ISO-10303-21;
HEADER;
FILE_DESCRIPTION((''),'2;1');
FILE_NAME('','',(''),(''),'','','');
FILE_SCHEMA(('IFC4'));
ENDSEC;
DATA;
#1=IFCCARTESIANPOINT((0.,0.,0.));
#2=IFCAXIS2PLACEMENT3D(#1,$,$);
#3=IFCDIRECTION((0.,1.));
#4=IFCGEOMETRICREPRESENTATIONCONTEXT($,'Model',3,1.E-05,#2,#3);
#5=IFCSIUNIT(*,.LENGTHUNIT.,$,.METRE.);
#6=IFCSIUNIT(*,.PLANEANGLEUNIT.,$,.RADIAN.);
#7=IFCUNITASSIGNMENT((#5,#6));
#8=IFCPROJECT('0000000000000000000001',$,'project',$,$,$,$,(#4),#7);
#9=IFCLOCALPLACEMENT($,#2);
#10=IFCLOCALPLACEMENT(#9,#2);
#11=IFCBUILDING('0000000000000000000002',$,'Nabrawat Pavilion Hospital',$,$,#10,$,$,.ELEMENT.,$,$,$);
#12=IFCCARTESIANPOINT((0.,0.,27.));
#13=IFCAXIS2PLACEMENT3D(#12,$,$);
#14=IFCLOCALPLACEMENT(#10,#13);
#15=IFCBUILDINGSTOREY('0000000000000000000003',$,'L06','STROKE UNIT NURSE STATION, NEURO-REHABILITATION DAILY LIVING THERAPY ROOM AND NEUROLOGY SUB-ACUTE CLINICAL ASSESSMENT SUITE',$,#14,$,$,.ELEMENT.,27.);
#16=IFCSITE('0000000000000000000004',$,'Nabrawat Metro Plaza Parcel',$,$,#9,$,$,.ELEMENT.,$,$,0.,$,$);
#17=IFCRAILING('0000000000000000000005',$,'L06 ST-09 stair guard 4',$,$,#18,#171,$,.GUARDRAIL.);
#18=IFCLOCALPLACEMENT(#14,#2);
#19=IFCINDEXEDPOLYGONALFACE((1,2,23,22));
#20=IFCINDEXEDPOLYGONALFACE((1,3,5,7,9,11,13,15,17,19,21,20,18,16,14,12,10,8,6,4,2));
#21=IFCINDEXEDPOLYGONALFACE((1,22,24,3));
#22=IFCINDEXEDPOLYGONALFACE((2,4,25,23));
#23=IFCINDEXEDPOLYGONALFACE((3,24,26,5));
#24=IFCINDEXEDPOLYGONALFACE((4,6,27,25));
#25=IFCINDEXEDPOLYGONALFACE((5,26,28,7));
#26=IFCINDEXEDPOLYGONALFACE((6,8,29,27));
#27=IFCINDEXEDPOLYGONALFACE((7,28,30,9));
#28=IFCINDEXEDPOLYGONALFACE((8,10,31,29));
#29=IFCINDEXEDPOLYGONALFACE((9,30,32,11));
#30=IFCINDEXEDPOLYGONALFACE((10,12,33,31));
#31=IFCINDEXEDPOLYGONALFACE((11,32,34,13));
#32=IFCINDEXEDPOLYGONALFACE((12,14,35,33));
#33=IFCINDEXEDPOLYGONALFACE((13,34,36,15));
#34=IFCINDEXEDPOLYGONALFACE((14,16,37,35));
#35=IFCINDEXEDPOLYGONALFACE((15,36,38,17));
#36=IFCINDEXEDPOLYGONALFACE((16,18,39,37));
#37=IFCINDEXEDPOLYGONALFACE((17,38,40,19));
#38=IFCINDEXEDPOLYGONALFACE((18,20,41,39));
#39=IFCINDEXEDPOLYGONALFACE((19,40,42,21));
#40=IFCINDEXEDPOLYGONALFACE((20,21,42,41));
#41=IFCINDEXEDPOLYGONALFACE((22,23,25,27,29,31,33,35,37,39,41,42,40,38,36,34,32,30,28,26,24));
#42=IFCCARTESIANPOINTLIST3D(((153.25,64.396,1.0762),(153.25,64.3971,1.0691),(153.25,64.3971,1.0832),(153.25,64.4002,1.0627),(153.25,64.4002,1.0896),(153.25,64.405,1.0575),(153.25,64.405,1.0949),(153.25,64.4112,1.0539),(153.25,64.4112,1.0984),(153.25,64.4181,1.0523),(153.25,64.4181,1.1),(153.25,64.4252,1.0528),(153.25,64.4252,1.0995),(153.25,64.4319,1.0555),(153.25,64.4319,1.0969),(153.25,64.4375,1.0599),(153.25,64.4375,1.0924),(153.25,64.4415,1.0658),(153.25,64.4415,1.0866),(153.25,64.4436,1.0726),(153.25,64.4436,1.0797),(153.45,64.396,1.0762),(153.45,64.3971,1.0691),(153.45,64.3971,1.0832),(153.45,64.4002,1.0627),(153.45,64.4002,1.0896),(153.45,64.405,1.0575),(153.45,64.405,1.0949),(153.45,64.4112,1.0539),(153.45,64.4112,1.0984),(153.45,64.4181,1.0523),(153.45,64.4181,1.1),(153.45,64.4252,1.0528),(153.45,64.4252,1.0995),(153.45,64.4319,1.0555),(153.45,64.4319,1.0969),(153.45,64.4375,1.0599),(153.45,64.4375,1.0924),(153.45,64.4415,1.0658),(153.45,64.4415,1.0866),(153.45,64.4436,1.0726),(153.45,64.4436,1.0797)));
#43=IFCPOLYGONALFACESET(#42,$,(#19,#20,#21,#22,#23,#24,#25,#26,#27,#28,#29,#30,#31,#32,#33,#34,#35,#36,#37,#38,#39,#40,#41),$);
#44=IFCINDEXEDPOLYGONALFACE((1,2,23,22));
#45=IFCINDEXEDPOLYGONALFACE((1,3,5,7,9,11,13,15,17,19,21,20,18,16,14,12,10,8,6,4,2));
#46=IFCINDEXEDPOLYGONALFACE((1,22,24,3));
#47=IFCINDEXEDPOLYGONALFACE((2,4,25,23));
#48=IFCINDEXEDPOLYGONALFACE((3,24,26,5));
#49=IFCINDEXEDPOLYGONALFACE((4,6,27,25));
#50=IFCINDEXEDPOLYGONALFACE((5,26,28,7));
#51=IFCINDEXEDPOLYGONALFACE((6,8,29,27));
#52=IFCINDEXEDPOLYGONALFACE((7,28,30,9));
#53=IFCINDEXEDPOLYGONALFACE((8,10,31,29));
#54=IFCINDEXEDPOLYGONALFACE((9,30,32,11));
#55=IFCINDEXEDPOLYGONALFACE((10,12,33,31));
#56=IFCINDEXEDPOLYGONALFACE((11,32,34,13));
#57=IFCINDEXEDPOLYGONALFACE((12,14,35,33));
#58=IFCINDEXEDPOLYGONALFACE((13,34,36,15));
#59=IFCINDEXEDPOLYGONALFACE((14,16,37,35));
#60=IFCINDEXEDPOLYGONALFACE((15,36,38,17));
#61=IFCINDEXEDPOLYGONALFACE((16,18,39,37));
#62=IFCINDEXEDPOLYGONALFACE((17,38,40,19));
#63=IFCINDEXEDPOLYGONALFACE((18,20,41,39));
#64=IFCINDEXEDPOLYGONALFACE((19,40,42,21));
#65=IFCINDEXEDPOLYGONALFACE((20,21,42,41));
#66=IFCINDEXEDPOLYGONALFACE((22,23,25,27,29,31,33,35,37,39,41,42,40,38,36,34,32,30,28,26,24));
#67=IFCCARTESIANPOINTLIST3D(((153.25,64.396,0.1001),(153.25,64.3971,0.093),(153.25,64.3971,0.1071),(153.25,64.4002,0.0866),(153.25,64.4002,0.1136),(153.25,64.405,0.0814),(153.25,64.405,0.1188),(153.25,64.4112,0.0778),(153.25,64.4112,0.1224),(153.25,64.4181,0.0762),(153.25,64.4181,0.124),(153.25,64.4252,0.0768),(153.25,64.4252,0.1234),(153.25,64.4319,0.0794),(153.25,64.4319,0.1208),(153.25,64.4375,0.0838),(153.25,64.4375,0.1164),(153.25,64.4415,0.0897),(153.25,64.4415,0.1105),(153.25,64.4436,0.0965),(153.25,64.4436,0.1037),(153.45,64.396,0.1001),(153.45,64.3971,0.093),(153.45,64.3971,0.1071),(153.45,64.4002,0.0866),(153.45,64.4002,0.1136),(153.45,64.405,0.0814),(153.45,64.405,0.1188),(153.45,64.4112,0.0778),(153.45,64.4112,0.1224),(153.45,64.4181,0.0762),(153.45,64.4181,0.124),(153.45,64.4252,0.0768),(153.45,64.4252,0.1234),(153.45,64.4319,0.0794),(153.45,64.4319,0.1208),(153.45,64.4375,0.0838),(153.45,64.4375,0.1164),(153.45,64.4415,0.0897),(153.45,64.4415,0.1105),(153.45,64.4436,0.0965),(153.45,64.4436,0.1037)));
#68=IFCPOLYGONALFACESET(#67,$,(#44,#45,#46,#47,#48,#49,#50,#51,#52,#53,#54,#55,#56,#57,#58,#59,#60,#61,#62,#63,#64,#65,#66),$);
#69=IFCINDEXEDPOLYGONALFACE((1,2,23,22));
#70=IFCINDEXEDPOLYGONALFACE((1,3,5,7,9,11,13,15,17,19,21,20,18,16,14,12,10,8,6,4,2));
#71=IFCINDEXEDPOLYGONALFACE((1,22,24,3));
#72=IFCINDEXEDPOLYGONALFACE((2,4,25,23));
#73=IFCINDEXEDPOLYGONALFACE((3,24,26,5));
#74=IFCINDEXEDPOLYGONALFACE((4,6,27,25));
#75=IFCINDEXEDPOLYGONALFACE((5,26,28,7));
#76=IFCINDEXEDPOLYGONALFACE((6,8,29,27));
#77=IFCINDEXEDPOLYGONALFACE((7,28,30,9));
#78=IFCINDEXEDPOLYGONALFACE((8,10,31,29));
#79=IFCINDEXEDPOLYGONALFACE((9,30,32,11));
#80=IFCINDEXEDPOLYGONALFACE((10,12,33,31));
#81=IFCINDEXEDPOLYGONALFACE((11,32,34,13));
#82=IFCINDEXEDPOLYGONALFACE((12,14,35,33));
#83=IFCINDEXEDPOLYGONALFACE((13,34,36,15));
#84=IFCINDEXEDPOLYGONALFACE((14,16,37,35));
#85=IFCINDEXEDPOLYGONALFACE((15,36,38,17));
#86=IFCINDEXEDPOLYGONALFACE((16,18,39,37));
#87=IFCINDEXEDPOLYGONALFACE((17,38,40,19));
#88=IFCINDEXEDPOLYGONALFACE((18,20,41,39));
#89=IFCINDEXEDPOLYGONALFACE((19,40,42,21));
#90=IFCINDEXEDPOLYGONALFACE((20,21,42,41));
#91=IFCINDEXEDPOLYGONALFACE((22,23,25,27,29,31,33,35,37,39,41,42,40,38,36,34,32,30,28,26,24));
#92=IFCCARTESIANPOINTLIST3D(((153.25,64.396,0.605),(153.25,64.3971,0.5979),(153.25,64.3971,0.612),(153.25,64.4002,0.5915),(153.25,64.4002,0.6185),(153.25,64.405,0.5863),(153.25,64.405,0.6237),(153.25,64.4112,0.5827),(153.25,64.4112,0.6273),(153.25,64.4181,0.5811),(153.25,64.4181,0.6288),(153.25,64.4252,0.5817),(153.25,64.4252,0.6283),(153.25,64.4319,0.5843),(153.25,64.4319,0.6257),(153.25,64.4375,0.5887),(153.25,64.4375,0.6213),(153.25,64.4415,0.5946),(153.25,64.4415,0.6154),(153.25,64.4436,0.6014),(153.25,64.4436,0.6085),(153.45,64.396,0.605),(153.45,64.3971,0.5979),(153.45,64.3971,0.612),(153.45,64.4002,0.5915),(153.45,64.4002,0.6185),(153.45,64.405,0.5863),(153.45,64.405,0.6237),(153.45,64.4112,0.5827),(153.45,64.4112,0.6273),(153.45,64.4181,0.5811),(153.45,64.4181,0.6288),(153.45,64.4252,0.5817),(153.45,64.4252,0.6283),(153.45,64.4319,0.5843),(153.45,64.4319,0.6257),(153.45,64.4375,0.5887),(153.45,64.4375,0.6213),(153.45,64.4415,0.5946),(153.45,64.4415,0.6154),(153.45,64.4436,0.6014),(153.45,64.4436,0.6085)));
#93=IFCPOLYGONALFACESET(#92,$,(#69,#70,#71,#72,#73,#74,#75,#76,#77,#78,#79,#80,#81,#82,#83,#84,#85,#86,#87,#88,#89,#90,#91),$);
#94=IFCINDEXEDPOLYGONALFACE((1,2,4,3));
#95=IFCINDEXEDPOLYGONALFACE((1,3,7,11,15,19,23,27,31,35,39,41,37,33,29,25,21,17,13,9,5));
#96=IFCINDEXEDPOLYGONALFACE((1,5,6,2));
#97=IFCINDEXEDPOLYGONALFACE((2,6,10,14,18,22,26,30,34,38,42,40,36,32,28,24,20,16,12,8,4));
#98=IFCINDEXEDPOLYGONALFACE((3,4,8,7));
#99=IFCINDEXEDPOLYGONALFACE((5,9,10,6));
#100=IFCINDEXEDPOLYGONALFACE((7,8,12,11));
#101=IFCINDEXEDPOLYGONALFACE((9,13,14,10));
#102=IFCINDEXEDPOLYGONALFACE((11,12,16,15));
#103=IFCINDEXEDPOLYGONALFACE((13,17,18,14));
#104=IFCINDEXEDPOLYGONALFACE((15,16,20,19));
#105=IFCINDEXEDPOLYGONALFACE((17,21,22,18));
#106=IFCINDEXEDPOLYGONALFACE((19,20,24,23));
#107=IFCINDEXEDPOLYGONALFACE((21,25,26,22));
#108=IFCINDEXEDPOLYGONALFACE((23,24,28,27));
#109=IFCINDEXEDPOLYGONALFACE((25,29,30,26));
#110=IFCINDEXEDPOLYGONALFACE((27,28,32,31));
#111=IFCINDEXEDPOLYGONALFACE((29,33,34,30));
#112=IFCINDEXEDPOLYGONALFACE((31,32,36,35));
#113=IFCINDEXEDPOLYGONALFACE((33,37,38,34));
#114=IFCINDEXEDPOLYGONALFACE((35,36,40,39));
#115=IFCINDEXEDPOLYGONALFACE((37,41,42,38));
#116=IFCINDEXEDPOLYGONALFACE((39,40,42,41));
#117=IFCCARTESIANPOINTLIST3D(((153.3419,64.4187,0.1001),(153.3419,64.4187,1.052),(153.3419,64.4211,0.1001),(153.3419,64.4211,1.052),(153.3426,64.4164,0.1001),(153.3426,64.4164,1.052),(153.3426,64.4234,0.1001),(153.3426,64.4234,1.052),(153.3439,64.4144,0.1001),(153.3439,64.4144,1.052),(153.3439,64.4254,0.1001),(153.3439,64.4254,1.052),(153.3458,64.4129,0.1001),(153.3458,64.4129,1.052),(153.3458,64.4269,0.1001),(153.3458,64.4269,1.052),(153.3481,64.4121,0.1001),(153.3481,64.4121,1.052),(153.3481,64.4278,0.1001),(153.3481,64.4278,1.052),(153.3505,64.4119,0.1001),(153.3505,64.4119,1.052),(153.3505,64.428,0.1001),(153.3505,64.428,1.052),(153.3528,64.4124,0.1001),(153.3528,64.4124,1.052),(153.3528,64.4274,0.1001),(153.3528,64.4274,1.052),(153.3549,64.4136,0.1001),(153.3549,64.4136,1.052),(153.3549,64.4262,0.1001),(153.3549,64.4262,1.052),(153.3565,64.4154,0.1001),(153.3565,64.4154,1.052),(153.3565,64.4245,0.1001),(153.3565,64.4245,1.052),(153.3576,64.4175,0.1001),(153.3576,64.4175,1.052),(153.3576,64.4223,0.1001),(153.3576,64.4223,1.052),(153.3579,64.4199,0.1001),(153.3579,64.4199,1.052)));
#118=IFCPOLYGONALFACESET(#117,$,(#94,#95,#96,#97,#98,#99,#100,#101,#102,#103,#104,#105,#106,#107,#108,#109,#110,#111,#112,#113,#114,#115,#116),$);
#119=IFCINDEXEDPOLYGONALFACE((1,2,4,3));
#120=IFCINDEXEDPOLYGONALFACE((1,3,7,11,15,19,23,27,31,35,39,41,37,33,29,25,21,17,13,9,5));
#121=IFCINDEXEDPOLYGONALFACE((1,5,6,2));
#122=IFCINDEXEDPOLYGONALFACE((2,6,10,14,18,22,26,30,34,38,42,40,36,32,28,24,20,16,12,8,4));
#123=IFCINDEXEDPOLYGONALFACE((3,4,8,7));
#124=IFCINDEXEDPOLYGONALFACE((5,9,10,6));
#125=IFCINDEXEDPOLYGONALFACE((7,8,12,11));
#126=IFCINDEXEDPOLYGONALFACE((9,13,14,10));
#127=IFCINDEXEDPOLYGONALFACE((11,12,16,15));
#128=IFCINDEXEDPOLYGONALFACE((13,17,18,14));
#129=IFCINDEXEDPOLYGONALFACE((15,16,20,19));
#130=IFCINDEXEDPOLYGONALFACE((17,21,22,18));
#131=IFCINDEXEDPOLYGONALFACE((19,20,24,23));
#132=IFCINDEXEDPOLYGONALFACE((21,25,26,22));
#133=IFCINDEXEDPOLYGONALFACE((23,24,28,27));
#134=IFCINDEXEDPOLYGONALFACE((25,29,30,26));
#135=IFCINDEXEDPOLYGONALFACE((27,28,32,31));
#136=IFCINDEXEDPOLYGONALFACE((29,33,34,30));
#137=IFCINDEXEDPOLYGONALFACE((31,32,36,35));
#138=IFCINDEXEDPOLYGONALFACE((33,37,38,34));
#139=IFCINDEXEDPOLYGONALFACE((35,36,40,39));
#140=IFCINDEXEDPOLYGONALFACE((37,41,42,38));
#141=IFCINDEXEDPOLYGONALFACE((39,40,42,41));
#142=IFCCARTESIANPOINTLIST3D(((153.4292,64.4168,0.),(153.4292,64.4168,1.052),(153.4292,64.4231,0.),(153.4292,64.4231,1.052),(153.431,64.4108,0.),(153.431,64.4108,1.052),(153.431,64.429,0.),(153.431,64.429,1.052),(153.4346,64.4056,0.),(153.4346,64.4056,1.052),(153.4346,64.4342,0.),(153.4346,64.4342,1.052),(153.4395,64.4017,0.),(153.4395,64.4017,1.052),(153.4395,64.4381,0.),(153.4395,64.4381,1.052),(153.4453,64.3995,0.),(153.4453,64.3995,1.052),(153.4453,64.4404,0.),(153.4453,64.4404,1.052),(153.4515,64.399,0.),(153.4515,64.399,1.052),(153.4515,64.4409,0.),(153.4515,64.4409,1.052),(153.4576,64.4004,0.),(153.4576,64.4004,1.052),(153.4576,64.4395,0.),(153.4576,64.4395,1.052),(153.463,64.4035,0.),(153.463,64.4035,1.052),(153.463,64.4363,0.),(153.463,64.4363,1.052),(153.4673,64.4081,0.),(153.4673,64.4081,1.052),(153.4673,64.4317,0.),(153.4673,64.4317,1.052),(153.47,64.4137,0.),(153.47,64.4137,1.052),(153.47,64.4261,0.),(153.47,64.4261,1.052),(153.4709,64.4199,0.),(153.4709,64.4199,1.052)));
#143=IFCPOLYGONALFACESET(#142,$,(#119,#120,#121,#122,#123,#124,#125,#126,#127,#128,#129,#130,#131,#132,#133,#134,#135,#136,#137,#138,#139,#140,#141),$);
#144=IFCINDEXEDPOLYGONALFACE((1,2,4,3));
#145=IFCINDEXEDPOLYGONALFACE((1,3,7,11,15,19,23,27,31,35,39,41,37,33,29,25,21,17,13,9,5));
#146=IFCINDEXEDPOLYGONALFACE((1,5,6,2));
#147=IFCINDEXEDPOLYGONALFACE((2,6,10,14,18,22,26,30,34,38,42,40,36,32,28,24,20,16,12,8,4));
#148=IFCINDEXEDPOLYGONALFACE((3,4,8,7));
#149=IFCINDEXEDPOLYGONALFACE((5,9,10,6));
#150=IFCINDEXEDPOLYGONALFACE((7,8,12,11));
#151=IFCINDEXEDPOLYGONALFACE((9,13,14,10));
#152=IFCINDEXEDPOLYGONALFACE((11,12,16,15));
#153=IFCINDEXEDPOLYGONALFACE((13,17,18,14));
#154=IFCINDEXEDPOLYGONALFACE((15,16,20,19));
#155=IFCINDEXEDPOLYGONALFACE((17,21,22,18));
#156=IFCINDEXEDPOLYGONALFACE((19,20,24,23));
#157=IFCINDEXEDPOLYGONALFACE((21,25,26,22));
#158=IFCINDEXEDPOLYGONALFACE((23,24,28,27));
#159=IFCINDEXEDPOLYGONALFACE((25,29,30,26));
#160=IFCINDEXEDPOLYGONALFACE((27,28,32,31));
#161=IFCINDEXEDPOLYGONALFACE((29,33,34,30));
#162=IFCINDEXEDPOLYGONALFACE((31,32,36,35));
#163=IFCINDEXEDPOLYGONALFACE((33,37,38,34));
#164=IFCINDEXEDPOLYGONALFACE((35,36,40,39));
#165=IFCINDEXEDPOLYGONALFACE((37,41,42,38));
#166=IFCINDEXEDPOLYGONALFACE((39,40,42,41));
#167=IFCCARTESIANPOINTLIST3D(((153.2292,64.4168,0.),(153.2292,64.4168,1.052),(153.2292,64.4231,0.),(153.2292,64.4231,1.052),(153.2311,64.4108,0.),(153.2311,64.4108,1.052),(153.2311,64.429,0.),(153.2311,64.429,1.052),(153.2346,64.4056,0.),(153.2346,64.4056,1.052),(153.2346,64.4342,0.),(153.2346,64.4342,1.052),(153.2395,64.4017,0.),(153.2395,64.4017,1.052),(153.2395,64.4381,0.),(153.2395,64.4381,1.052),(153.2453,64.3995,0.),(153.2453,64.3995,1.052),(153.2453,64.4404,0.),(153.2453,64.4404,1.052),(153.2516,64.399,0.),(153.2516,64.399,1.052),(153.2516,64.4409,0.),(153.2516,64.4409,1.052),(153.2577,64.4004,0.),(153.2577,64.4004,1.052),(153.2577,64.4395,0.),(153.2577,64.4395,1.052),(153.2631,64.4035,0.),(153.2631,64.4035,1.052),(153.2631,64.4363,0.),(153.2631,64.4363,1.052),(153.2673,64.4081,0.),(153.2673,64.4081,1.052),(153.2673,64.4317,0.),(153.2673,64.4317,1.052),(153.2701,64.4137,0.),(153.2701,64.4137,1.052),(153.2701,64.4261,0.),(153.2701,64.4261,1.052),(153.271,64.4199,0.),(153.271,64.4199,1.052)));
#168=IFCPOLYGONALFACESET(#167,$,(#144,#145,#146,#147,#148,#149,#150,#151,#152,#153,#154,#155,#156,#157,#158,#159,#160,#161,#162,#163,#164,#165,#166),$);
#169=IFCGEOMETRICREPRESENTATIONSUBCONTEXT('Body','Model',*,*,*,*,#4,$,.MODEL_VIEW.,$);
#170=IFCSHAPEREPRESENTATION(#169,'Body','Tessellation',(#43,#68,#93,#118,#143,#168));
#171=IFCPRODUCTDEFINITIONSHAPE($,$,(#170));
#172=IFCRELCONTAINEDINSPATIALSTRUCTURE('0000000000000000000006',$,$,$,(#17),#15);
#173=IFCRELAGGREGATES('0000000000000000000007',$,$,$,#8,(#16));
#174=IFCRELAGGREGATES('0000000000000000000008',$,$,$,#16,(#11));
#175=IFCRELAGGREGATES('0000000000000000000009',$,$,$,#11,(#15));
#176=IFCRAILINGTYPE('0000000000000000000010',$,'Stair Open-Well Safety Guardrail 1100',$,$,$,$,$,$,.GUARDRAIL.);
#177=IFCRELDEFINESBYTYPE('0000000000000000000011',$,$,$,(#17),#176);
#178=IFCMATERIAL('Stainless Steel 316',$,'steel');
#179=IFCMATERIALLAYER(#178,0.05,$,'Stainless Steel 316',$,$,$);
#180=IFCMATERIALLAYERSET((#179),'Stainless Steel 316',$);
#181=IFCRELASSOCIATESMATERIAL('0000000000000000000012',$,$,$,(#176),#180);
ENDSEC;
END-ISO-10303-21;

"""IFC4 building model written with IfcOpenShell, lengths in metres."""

from ifc_helpers import new_model, si_unit, direction, frame, origin, origin_2d, place, context, subcontext, project, spatial, circle, extrude, material, layer, layer_set, type_object, element, save


model = new_model("IFC4")

# Units and contexts
model_context = context("Model", 3, precision=1e-05, world=origin(), true_north=direction((0.0, 1.0)))
body_context = subcontext(model_context, "Body", "Model", "MODEL_VIEW")
ifc_project = project(units=[si_unit("LENGTHUNIT", "METRE"), si_unit("PLANEANGLEUNIT", "RADIAN")], contexts=[model_context])

# Site, building, storey
site_placement = place(None, origin())
site = spatial("IfcSite", under=ifc_project, at=site_placement, Name="Nabrawat Metro Plaza Parcel", CompositionType="ELEMENT", RefElevation=0.0)
building_placement = place(site_placement, origin())
building = spatial("IfcBuilding", under=site, at=building_placement, Name="Nabrawat Pavilion Hospital", CompositionType="ELEMENT")
storey_placement = place(building_placement, frame((0.0, 0.0, 27.0)))
storey = spatial("IfcBuildingStorey", under=building, at=storey_placement, Name="L06", Description="STROKE UNIT NURSE STATION, NEURO-REHABILITATION DAILY LIVING THERAPY ROOM AND NEUROLOGY SUB-ACUTE CLINICAL ASSESSMENT SUITE", CompositionType="ELEMENT", Elevation=27.0)

# Railing
ifc_material_1 = material(Name="Stainless Steel 316", Category="steel")
ifc_layer_1 = layer(ifc_material_1, 0.05, Name="Stainless Steel 316")
ifc_layer_set_1 = layer_set([ifc_layer_1], Name="Stainless Steel 316")
railing_type_1 = type_object("IfcRailingType", Name="Stair Open-Well Safety Guardrail 1100", PredefinedType="GUARDRAIL", material=ifc_layer_set_1)
railing_1_placement = place(storey_placement, frame((153.45, 64.4199, 0.0)))
element("IfcRailing", 1, at=railing_1_placement, inside=storey, type_object=railing_type_1, Name="L06 ST-09 stair guard 4", PredefinedType="GUARDRAIL", context=body_context, shape_type="SweptSolid", body=[
    extrude(circle(Radius=0.0239, at=origin_2d()), frame((0.0, 0.0, 1.0762), z_axis=(-1.0, 0.0, 0.0), x_axis=(0.0, -1.0, 0.0)), (0.0, 0.0, 1.0), 0.2),
    extrude(circle(Radius=0.0239, at=origin_2d()), frame((0.0, 0.0, 0.1001), z_axis=(-1.0, 0.0, 0.0), x_axis=(0.0, -1.0, 0.0)), (0.0, 0.0, 1.0), 0.2),
    extrude(circle(Radius=0.0239, at=origin_2d()), frame((0.0, 0.0, 0.605), z_axis=(-1.0, 0.0, 0.0), x_axis=(0.0, -1.0, 0.0)), (0.0, 0.0, 1.0), 0.2),
    extrude(circle(Radius=0.0081, at=origin_2d()), frame((-0.1001, 0.0, 0.1001)), (0.0, 0.0, 1.0), 0.9519),
    extrude(circle(Radius=0.021, at=origin_2d()), origin(), (0.0, 0.0, 1.0), 1.052),
    extrude(circle(Radius=0.021, at=origin_2d()), frame((-0.2, 0.0, 0.0)), (0.0, 0.0, 1.0), 1.052),
])

save(model, "model.ifc")
